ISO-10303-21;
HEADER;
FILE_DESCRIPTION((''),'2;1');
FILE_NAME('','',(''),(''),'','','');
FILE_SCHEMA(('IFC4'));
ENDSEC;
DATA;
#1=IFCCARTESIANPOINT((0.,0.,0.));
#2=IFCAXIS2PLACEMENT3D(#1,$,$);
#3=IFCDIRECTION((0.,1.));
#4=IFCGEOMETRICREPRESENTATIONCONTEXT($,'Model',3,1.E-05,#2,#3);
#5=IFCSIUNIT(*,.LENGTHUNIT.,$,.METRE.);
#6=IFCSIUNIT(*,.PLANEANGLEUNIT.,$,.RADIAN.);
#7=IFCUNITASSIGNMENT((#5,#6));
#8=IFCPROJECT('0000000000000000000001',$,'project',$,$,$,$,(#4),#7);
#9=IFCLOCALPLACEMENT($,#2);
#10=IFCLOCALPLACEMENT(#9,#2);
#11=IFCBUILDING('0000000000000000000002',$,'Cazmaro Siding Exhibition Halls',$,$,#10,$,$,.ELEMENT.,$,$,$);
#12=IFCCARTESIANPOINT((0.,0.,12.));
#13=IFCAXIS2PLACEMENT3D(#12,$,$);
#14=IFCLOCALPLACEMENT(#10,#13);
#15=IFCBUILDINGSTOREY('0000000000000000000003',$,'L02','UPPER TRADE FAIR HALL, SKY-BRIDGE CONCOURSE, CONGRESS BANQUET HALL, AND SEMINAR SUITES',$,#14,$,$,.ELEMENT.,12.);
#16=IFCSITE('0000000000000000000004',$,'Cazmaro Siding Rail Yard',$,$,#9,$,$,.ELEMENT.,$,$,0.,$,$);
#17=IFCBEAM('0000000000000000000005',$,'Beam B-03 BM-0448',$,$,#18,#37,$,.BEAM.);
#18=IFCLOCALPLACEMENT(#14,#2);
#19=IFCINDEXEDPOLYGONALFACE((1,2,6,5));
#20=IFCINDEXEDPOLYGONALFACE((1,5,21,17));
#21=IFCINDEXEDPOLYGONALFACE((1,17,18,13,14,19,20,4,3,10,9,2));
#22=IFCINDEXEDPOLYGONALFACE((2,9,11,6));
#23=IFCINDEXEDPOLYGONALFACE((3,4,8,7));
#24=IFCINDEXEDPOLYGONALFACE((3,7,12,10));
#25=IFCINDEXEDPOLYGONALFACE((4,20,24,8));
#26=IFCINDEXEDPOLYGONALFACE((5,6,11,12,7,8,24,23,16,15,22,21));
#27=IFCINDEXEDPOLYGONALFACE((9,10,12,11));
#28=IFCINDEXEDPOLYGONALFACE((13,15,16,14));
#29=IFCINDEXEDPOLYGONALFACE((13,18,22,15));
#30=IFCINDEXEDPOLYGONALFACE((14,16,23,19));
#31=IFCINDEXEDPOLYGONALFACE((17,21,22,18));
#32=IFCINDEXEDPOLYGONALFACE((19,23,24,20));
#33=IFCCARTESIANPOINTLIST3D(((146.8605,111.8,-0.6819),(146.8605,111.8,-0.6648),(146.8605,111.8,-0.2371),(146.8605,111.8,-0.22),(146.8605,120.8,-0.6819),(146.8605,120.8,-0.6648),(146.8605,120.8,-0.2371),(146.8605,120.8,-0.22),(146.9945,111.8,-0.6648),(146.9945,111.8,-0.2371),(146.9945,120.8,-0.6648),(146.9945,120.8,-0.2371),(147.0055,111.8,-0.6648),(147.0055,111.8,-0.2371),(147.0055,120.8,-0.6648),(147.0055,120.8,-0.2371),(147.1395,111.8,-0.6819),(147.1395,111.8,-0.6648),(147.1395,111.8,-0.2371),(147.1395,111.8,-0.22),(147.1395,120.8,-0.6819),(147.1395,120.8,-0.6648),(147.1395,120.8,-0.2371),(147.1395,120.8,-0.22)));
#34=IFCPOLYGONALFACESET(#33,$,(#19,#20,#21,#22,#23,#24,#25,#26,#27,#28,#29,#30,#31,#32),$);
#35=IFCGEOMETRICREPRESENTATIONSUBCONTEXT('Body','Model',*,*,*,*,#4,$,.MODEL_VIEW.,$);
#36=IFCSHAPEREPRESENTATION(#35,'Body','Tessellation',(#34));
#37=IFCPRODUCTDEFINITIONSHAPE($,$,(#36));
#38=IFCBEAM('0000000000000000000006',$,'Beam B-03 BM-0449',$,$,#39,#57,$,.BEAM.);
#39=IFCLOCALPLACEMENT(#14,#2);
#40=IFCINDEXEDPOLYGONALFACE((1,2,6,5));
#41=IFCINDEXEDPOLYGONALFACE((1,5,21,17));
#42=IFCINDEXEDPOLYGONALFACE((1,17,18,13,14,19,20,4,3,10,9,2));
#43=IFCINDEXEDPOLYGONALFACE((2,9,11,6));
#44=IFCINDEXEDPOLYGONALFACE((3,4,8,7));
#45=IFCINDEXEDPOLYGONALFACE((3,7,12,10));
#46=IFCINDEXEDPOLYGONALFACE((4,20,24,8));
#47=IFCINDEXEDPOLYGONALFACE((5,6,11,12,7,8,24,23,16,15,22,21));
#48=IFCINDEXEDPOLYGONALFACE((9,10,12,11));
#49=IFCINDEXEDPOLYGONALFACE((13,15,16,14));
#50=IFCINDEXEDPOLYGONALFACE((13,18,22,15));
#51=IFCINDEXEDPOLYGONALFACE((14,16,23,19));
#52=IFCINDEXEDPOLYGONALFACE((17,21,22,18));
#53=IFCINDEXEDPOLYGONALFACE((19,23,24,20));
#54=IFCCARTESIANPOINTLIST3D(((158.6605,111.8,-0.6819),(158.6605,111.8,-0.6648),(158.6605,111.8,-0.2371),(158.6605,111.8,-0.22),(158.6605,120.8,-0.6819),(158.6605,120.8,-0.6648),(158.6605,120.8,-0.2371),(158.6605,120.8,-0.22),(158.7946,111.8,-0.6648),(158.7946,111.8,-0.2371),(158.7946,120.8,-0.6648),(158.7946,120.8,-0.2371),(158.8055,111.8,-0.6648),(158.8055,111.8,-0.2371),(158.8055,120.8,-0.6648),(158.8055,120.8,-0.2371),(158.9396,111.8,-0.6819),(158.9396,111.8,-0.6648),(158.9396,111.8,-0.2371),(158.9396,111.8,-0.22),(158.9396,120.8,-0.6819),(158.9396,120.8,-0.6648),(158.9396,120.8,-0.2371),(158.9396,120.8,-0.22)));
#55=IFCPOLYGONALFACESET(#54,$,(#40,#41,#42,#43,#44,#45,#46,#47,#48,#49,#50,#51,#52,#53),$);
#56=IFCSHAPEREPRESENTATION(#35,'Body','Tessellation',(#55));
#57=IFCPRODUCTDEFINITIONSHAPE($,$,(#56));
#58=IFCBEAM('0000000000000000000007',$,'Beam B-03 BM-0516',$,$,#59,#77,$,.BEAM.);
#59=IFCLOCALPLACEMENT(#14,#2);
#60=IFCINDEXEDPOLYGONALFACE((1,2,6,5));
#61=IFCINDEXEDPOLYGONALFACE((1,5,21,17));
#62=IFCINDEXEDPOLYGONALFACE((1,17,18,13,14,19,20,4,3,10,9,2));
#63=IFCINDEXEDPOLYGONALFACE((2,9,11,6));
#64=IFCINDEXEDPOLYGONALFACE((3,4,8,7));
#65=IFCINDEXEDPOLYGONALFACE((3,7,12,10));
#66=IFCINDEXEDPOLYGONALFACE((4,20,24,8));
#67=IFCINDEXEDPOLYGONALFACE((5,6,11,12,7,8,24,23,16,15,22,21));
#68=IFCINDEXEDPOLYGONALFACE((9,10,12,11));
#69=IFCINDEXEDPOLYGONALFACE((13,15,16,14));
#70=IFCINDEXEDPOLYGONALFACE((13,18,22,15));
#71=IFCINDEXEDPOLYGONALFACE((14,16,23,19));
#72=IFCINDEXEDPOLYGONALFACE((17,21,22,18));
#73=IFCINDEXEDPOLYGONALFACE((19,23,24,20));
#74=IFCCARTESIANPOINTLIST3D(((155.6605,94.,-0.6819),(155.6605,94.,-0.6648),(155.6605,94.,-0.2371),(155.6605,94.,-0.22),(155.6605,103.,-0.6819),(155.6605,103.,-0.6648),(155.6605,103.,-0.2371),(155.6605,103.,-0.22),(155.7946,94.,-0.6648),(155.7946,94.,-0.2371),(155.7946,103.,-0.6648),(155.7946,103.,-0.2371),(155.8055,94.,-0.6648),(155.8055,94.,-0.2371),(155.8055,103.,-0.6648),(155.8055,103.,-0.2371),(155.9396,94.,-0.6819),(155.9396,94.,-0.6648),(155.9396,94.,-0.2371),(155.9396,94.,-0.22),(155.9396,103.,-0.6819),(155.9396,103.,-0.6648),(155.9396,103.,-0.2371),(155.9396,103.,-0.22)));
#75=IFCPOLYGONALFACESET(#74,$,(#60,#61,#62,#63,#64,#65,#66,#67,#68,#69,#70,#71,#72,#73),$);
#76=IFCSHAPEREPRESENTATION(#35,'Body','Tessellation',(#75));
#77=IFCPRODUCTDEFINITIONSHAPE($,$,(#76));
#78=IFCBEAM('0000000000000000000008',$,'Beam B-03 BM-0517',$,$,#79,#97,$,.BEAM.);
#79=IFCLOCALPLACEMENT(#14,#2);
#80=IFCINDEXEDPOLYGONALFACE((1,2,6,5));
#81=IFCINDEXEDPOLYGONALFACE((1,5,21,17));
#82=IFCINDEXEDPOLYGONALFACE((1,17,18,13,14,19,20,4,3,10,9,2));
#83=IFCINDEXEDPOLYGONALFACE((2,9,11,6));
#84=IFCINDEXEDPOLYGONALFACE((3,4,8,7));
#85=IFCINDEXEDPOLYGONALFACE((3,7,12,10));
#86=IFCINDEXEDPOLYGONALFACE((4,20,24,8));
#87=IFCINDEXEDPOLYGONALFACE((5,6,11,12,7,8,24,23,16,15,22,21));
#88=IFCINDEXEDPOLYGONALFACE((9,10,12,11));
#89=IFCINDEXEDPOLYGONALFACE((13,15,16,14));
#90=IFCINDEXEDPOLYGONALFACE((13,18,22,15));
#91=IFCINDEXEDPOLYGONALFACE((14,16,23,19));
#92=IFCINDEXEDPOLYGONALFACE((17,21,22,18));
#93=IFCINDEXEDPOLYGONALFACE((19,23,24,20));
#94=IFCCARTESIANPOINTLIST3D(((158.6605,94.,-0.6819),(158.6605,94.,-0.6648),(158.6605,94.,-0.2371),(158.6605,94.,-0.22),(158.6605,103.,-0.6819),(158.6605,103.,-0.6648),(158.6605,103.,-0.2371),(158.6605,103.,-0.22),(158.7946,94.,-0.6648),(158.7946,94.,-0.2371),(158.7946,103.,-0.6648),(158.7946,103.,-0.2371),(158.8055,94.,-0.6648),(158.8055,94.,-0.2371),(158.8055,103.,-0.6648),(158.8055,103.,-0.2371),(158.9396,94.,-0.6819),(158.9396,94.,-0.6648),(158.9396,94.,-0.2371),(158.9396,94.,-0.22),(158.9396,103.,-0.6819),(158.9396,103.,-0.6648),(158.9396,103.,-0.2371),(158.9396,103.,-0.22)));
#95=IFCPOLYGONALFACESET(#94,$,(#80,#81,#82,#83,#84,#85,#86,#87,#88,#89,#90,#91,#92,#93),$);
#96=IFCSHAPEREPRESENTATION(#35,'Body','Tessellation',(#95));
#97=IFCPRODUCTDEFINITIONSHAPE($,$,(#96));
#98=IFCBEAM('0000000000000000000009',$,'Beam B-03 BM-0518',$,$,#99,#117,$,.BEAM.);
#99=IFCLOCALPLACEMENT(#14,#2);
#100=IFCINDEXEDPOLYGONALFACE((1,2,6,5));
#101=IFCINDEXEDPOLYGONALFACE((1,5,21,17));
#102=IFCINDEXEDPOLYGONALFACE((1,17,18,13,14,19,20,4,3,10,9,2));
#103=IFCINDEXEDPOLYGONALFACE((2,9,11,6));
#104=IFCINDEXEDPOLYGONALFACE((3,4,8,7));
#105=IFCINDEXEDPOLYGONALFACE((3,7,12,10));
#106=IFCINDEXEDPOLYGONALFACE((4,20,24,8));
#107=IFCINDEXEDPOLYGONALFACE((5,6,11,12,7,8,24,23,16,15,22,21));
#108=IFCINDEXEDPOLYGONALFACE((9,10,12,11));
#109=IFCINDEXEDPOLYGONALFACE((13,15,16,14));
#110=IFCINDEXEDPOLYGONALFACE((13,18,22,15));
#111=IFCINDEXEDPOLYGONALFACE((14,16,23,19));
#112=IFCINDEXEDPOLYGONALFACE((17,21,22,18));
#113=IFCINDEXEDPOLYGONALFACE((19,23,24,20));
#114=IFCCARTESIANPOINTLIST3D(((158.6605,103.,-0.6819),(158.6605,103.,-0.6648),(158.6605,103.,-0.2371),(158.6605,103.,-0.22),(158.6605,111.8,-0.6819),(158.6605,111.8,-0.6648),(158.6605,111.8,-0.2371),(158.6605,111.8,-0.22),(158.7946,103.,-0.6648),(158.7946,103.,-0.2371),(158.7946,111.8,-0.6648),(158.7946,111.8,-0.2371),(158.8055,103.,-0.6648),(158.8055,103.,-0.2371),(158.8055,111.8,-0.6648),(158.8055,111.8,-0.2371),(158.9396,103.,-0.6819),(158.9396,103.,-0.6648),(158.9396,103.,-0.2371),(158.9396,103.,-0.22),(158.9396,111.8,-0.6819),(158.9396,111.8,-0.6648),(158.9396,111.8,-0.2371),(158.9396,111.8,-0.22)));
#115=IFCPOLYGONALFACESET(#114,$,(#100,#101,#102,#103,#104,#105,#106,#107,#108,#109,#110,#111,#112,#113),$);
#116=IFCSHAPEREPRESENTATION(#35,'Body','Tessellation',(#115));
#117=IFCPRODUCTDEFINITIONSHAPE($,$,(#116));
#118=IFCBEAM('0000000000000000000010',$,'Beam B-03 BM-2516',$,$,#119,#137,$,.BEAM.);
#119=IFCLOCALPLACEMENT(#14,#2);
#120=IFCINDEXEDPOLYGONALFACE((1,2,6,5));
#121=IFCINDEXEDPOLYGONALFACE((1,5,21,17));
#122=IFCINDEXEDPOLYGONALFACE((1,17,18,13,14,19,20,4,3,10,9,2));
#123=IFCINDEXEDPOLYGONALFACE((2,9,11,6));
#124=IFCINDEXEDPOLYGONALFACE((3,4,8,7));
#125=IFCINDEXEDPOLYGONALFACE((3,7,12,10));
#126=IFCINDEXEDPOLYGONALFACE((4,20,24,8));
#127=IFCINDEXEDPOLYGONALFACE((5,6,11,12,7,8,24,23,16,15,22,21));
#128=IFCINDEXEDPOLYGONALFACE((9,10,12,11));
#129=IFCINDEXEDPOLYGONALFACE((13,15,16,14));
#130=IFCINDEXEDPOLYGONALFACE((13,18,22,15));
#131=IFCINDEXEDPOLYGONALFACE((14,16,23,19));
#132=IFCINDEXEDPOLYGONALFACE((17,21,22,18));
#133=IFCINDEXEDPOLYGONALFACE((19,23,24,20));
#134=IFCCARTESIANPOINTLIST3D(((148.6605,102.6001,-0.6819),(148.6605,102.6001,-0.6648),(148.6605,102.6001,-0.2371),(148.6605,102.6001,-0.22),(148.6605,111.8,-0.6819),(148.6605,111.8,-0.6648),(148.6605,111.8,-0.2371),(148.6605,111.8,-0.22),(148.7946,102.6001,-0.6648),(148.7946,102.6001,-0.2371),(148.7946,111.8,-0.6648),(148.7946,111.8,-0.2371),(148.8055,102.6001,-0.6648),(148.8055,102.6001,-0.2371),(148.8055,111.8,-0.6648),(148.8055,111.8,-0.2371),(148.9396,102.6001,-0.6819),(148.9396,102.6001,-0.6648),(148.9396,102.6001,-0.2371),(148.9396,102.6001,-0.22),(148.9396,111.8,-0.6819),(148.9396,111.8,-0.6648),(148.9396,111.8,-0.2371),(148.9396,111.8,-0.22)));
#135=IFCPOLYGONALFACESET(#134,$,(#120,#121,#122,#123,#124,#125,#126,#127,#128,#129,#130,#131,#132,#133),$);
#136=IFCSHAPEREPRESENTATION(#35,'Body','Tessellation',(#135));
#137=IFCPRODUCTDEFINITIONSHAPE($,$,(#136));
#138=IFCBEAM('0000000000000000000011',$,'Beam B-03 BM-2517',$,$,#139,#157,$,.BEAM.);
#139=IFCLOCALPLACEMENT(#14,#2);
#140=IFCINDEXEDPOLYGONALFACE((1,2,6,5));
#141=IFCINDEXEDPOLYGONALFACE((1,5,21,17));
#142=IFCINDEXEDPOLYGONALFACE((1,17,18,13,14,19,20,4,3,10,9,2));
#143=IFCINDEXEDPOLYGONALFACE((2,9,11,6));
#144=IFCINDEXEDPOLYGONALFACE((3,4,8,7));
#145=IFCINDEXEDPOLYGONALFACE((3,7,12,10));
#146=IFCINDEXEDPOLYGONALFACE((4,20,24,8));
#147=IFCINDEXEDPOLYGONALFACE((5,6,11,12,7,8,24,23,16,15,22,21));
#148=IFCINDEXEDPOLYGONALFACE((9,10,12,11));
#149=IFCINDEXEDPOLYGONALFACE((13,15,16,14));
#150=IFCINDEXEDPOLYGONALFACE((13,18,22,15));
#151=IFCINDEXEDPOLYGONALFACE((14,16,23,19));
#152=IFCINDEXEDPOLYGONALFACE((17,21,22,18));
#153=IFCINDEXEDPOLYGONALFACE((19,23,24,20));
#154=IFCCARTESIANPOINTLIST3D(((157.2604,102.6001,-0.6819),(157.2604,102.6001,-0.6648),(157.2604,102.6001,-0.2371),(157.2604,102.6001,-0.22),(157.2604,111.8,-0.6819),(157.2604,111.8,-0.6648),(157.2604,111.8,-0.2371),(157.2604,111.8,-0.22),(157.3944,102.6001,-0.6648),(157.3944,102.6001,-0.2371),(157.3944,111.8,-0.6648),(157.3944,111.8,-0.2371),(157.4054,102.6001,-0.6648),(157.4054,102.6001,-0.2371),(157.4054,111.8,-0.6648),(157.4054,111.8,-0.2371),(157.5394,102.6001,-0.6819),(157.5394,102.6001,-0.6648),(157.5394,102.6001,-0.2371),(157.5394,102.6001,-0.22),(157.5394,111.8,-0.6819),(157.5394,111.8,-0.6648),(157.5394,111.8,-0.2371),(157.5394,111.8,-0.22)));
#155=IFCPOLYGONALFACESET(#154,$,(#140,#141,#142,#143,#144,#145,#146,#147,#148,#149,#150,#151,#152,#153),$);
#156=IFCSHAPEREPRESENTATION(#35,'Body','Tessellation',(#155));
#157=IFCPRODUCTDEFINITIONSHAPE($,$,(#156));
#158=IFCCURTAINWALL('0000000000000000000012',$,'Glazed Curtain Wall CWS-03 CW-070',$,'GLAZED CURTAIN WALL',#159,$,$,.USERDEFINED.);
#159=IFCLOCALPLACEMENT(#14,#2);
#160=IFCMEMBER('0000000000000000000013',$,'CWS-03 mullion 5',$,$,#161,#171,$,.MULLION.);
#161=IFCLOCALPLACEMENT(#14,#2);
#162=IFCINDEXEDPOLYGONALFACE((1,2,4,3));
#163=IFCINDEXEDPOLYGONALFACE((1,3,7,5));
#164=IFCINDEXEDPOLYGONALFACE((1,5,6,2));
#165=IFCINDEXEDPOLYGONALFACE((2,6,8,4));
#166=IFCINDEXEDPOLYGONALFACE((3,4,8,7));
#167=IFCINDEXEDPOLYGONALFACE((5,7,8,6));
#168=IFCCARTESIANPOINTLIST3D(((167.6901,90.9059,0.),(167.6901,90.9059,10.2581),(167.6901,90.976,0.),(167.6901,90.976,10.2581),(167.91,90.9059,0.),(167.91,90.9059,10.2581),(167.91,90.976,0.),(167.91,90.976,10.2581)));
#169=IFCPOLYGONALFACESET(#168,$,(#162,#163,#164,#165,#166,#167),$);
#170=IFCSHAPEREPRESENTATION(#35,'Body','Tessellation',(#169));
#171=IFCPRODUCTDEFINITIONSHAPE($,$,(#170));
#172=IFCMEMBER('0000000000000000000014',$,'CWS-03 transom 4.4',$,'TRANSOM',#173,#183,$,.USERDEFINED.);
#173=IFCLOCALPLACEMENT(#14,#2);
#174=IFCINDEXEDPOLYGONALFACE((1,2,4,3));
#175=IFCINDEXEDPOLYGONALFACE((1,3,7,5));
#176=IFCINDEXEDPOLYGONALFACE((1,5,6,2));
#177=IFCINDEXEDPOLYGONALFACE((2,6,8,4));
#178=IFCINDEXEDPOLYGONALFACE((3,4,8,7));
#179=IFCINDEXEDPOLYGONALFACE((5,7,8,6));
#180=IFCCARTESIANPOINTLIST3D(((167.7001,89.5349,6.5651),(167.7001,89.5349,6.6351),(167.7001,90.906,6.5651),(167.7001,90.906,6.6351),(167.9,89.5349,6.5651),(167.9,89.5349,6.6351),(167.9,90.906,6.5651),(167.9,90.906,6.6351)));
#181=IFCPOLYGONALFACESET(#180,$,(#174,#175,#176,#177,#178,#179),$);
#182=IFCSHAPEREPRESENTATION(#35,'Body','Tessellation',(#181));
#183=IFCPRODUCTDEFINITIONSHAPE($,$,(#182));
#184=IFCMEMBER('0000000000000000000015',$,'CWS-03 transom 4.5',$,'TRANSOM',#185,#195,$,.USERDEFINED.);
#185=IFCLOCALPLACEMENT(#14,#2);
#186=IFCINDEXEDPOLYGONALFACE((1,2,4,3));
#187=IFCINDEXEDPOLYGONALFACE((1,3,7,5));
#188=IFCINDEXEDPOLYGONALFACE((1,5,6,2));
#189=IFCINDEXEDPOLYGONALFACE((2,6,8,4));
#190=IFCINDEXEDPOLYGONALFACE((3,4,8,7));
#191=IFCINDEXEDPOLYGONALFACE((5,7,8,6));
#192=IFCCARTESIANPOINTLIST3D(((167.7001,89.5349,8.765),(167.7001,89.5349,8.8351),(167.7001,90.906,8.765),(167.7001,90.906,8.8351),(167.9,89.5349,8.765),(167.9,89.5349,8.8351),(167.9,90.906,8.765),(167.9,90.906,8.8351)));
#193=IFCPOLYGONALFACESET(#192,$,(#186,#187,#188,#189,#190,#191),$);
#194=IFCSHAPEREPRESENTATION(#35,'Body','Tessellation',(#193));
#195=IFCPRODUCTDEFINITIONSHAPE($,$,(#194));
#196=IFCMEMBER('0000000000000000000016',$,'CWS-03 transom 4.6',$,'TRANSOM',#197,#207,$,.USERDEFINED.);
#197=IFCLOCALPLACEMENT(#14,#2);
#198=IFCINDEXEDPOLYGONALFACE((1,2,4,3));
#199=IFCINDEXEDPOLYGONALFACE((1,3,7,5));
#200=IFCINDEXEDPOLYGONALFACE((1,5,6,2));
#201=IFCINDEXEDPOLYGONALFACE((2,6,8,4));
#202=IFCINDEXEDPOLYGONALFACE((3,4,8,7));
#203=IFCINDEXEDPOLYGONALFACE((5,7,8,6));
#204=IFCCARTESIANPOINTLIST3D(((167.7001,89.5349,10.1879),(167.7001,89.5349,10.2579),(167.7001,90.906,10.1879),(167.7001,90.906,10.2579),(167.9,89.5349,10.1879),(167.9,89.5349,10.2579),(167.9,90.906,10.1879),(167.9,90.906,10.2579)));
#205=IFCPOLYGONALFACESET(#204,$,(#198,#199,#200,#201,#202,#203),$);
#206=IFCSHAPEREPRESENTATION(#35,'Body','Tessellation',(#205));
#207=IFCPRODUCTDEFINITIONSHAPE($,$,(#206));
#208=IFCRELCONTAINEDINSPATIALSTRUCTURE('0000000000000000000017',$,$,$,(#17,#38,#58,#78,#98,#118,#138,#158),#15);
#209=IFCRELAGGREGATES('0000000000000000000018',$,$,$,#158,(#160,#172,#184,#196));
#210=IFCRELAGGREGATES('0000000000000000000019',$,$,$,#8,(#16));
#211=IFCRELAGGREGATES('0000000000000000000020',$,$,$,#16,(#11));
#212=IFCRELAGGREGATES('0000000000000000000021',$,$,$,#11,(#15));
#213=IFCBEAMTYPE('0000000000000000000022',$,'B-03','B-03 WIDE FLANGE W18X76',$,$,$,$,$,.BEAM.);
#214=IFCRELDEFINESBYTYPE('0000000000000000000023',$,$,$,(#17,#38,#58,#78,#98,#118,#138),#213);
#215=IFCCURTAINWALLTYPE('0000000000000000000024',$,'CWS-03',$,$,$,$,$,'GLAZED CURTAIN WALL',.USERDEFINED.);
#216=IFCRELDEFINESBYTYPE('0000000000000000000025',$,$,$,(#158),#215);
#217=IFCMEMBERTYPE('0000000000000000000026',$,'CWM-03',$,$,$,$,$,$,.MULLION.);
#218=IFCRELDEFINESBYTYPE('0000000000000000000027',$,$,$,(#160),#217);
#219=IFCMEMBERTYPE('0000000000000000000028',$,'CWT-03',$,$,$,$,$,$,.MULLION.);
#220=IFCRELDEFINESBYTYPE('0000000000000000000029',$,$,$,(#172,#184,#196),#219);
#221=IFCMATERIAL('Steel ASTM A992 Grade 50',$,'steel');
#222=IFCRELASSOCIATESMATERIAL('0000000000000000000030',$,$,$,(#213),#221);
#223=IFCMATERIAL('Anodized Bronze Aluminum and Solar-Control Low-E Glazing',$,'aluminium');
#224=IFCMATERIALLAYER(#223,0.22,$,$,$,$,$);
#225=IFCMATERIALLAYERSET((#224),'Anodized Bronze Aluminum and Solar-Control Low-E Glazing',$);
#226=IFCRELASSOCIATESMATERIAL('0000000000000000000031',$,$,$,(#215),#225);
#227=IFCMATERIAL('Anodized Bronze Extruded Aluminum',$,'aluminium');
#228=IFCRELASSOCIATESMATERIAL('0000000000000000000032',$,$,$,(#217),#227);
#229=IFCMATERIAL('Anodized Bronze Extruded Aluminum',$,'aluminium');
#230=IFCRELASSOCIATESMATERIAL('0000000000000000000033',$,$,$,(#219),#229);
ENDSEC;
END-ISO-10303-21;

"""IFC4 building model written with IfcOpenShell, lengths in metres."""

from ifc_helpers import new_model, si_unit, direction, frame, origin, origin_2d, place, context, subcontext, project, spatial, rectangle, i_section, extrude, material, layer, layer_set, material_profile, profile_set, type_object, element, aggregate, save


model = new_model("IFC4")

# Units and contexts
model_context = context("Model", 3, precision=1e-05, world=origin(), true_north=direction((0.0, 1.0)))
body_context = subcontext(model_context, "Body", "Model", "MODEL_VIEW")
ifc_project = project(units=[si_unit("LENGTHUNIT", "METRE"), si_unit("PLANEANGLEUNIT", "RADIAN")], contexts=[model_context])

# Site, building, storey
site_placement = place(None, origin())
site = spatial("IfcSite", under=ifc_project, at=site_placement, Name="Cazmaro Siding Rail Yard", CompositionType="ELEMENT", RefElevation=0.0)
building_placement = place(site_placement, origin())
building = spatial("IfcBuilding", under=site, at=building_placement, Name="Cazmaro Siding Exhibition Halls", CompositionType="ELEMENT")
storey_placement = place(building_placement, frame((0.0, 0.0, 12.0)))
storey = spatial("IfcBuildingStorey", under=building, at=storey_placement, Name="L02", Description="UPPER TRADE FAIR HALL, SKY-BRIDGE CONCOURSE, CONGRESS BANQUET HALL, AND SEMINAR SUITES", CompositionType="ELEMENT", Elevation=12.0)

# Beams
ifc_material_1 = material(Name="Steel ASTM A992 Grade 50", Category="steel")
ifc_material_profile_1 = material_profile(ifc_material_1, i_section(OverallWidth=0.2791, OverallDepth=0.4619, WebThickness=0.011, FlangeThickness=0.0171, at=origin_2d()), Name="W18X76")
ifc_profile_set_1 = profile_set([ifc_material_profile_1], Name="Steel ASTM A992 Grade 50")
beam_type_1 = type_object("IfcBeamType", Name="B-03", Description="B-03 WIDE FLANGE W18X76", PredefinedType="BEAM", material=ifc_profile_set_1)
for number, where, z_axis, x_axis, name in (
    (1, (147.0, 111.8, -0.4509), (0.0, 1.0, 0.0), (-1.0, 0.0, 0.0), "Beam B-03 BM-0448"),
    (2, (158.8, 111.8, -0.4509), (0.0, 1.0, 0.0), (-1.0, 0.0, 0.0), "Beam B-03 BM-0449"),
    (3, (155.8, 94.0, -0.4509), (0.0, 1.0, 0.0), (-1.0, 0.0, 0.0), "Beam B-03 BM-0516"),
    (4, (158.8, 94.0, -0.4509), (0.0, 1.0, 0.0), (-1.0, 0.0, 0.0), "Beam B-03 BM-0517"),
):
    element("IfcBeam", number, at=place(storey_placement, frame(where, z_axis=z_axis, x_axis=x_axis)), inside=storey, type_object=beam_type_1, Name=name, PredefinedType="BEAM", context=body_context, shape_type="SweptSolid", body=[
        extrude(i_section(OverallWidth=0.2791, OverallDepth=0.4619, WebThickness=0.011, FlangeThickness=0.0171, at=origin_2d()), origin(), (0.0, 0.0, 1.0), 9.0),
    ])
beam_1_placement = place(storey_placement, frame((158.8, 103.0, -0.4509), z_axis=(0.0, 1.0, 0.0), x_axis=(-1.0, 0.0, 0.0)))
element("IfcBeam", 5, at=beam_1_placement, inside=storey, type_object=beam_type_1, Name="Beam B-03 BM-0518", PredefinedType="BEAM", context=body_context, shape_type="SweptSolid", body=[
    extrude(i_section(OverallWidth=0.2791, OverallDepth=0.4619, WebThickness=0.011, FlangeThickness=0.0171, at=origin_2d()), origin(), (0.0, 0.0, 1.0), 8.8),
])
for number, where, z_axis, x_axis, name in (
    (6, (148.8, 102.6001, -0.4509), (0.0, 1.0, 0.0), (-1.0, 0.0, 0.0), "Beam B-03 BM-2516"),
    (7, (157.3999, 102.6001, -0.4509), (0.0, 1.0, 0.0), (-1.0, 0.0, 0.0), "Beam B-03 BM-2517"),
):
    element("IfcBeam", number, at=place(storey_placement, frame(where, z_axis=z_axis, x_axis=x_axis)), inside=storey, type_object=beam_type_1, Name=name, PredefinedType="BEAM", context=body_context, shape_type="SweptSolid", body=[
        extrude(i_section(OverallWidth=0.2791, OverallDepth=0.4619, WebThickness=0.011, FlangeThickness=0.0171, at=origin_2d()), origin(), (0.0, 0.0, 1.0), 9.2),
    ])

# Curtain wall, members
ifc_material_2 = material(Name="Anodized Bronze Aluminum and Solar-Control Low-E Glazing", Category="aluminium")
ifc_layer_1 = layer(ifc_material_2, 0.22)
ifc_layer_set_1 = layer_set([ifc_layer_1], Name="Anodized Bronze Aluminum and Solar-Control Low-E Glazing")
curtain_wall_type = type_object("IfcCurtainWallType", Name="CWS-03", ElementType="GLAZED CURTAIN WALL", PredefinedType="USERDEFINED", material=ifc_layer_set_1)
curtain_wall_placement = place(storey_placement, origin())
curtain_wall = element("IfcCurtainWall", 8, at=curtain_wall_placement, inside=storey, type_object=curtain_wall_type, Name="Glazed Curtain Wall CWS-03 CW-070", ObjectType="GLAZED CURTAIN WALL", PredefinedType="USERDEFINED")
ifc_material_3 = material(Name="Anodized Bronze Extruded Aluminum", Category="aluminium")
ifc_material_profile_2 = material_profile(ifc_material_3, rectangle(XDim=0.22, YDim=0.0701, at=origin_2d()), Name="CWM-03")
ifc_profile_set_2 = profile_set([ifc_material_profile_2], Name="Anodized Bronze Extruded Aluminum")
member_type_1 = type_object("IfcMemberType", Name="CWM-03", PredefinedType="MULLION", material=ifc_profile_set_2)
member_1_placement = place(storey_placement, frame((167.8, 90.9409, 0.0), z_axis=(0.0, 0.0, 1.0), x_axis=(-1.0, 0.0, 0.0)))
member_1 = element("IfcMember", 9, at=member_1_placement, type_object=member_type_1, Name="CWS-03 mullion 5", PredefinedType="MULLION", context=body_context, shape_type="SweptSolid", body=[
    extrude(rectangle(XDim=0.22, YDim=0.0701, at=origin_2d()), origin(), (0.0, 0.0, 1.0), 10.2581),
])
ifc_material_4 = material(Name="Anodized Bronze Extruded Aluminum", Category="aluminium")
ifc_material_profile_3 = material_profile(ifc_material_4, rectangle(XDim=0.2, YDim=0.0701, at=origin_2d()), Name="CWT-03")
ifc_profile_set_3 = profile_set([ifc_material_profile_3], Name="Anodized Bronze Extruded Aluminum")
member_type_2 = type_object("IfcMemberType", Name="CWT-03", PredefinedType="MULLION", material=ifc_profile_set_3)
member_2_placement = place(storey_placement, frame((167.8, 89.5349, 6.6001), z_axis=(0.0, 1.0, 0.0), x_axis=(-1.0, 0.0, 0.0)))
member_2 = element("IfcMember", 10, at=member_2_placement, type_object=member_type_2, Name="CWS-03 transom 4.4", ObjectType="TRANSOM", PredefinedType="USERDEFINED", context=body_context, shape_type="SweptSolid", body=[
    extrude(rectangle(XDim=0.2, YDim=0.0701, at=origin_2d()), origin(), (0.0, 0.0, 1.0), 1.3711),
])
member_3_placement = place(storey_placement, frame((167.8, 89.5349, 8.8), z_axis=(0.0, 1.0, 0.0), x_axis=(-1.0, 0.0, 0.0)))
member_3 = element("IfcMember", 11, at=member_3_placement, type_object=member_type_2, Name="CWS-03 transom 4.5", ObjectType="TRANSOM", PredefinedType="USERDEFINED", context=body_context, shape_type="SweptSolid", body=[
    extrude(rectangle(XDim=0.2, YDim=0.0701, at=origin_2d()), origin(), (0.0, 0.0, 1.0), 1.3711),
])
member_4_placement = place(storey_placement, frame((167.8, 89.5349, 10.2229), z_axis=(0.0, 1.0, 0.0), x_axis=(-1.0, 0.0, 0.0)))
member_4 = element("IfcMember", 12, at=member_4_placement, type_object=member_type_2, Name="CWS-03 transom 4.6", ObjectType="TRANSOM", PredefinedType="USERDEFINED", context=body_context, shape_type="SweptSolid", body=[
    extrude(rectangle(XDim=0.2, YDim=0.0701, at=origin_2d()), origin(), (0.0, 0.0, 1.0), 1.3711),
])

aggregate(curtain_wall, [member_1, member_2, member_3, member_4])

save(model, "model.ifc")
